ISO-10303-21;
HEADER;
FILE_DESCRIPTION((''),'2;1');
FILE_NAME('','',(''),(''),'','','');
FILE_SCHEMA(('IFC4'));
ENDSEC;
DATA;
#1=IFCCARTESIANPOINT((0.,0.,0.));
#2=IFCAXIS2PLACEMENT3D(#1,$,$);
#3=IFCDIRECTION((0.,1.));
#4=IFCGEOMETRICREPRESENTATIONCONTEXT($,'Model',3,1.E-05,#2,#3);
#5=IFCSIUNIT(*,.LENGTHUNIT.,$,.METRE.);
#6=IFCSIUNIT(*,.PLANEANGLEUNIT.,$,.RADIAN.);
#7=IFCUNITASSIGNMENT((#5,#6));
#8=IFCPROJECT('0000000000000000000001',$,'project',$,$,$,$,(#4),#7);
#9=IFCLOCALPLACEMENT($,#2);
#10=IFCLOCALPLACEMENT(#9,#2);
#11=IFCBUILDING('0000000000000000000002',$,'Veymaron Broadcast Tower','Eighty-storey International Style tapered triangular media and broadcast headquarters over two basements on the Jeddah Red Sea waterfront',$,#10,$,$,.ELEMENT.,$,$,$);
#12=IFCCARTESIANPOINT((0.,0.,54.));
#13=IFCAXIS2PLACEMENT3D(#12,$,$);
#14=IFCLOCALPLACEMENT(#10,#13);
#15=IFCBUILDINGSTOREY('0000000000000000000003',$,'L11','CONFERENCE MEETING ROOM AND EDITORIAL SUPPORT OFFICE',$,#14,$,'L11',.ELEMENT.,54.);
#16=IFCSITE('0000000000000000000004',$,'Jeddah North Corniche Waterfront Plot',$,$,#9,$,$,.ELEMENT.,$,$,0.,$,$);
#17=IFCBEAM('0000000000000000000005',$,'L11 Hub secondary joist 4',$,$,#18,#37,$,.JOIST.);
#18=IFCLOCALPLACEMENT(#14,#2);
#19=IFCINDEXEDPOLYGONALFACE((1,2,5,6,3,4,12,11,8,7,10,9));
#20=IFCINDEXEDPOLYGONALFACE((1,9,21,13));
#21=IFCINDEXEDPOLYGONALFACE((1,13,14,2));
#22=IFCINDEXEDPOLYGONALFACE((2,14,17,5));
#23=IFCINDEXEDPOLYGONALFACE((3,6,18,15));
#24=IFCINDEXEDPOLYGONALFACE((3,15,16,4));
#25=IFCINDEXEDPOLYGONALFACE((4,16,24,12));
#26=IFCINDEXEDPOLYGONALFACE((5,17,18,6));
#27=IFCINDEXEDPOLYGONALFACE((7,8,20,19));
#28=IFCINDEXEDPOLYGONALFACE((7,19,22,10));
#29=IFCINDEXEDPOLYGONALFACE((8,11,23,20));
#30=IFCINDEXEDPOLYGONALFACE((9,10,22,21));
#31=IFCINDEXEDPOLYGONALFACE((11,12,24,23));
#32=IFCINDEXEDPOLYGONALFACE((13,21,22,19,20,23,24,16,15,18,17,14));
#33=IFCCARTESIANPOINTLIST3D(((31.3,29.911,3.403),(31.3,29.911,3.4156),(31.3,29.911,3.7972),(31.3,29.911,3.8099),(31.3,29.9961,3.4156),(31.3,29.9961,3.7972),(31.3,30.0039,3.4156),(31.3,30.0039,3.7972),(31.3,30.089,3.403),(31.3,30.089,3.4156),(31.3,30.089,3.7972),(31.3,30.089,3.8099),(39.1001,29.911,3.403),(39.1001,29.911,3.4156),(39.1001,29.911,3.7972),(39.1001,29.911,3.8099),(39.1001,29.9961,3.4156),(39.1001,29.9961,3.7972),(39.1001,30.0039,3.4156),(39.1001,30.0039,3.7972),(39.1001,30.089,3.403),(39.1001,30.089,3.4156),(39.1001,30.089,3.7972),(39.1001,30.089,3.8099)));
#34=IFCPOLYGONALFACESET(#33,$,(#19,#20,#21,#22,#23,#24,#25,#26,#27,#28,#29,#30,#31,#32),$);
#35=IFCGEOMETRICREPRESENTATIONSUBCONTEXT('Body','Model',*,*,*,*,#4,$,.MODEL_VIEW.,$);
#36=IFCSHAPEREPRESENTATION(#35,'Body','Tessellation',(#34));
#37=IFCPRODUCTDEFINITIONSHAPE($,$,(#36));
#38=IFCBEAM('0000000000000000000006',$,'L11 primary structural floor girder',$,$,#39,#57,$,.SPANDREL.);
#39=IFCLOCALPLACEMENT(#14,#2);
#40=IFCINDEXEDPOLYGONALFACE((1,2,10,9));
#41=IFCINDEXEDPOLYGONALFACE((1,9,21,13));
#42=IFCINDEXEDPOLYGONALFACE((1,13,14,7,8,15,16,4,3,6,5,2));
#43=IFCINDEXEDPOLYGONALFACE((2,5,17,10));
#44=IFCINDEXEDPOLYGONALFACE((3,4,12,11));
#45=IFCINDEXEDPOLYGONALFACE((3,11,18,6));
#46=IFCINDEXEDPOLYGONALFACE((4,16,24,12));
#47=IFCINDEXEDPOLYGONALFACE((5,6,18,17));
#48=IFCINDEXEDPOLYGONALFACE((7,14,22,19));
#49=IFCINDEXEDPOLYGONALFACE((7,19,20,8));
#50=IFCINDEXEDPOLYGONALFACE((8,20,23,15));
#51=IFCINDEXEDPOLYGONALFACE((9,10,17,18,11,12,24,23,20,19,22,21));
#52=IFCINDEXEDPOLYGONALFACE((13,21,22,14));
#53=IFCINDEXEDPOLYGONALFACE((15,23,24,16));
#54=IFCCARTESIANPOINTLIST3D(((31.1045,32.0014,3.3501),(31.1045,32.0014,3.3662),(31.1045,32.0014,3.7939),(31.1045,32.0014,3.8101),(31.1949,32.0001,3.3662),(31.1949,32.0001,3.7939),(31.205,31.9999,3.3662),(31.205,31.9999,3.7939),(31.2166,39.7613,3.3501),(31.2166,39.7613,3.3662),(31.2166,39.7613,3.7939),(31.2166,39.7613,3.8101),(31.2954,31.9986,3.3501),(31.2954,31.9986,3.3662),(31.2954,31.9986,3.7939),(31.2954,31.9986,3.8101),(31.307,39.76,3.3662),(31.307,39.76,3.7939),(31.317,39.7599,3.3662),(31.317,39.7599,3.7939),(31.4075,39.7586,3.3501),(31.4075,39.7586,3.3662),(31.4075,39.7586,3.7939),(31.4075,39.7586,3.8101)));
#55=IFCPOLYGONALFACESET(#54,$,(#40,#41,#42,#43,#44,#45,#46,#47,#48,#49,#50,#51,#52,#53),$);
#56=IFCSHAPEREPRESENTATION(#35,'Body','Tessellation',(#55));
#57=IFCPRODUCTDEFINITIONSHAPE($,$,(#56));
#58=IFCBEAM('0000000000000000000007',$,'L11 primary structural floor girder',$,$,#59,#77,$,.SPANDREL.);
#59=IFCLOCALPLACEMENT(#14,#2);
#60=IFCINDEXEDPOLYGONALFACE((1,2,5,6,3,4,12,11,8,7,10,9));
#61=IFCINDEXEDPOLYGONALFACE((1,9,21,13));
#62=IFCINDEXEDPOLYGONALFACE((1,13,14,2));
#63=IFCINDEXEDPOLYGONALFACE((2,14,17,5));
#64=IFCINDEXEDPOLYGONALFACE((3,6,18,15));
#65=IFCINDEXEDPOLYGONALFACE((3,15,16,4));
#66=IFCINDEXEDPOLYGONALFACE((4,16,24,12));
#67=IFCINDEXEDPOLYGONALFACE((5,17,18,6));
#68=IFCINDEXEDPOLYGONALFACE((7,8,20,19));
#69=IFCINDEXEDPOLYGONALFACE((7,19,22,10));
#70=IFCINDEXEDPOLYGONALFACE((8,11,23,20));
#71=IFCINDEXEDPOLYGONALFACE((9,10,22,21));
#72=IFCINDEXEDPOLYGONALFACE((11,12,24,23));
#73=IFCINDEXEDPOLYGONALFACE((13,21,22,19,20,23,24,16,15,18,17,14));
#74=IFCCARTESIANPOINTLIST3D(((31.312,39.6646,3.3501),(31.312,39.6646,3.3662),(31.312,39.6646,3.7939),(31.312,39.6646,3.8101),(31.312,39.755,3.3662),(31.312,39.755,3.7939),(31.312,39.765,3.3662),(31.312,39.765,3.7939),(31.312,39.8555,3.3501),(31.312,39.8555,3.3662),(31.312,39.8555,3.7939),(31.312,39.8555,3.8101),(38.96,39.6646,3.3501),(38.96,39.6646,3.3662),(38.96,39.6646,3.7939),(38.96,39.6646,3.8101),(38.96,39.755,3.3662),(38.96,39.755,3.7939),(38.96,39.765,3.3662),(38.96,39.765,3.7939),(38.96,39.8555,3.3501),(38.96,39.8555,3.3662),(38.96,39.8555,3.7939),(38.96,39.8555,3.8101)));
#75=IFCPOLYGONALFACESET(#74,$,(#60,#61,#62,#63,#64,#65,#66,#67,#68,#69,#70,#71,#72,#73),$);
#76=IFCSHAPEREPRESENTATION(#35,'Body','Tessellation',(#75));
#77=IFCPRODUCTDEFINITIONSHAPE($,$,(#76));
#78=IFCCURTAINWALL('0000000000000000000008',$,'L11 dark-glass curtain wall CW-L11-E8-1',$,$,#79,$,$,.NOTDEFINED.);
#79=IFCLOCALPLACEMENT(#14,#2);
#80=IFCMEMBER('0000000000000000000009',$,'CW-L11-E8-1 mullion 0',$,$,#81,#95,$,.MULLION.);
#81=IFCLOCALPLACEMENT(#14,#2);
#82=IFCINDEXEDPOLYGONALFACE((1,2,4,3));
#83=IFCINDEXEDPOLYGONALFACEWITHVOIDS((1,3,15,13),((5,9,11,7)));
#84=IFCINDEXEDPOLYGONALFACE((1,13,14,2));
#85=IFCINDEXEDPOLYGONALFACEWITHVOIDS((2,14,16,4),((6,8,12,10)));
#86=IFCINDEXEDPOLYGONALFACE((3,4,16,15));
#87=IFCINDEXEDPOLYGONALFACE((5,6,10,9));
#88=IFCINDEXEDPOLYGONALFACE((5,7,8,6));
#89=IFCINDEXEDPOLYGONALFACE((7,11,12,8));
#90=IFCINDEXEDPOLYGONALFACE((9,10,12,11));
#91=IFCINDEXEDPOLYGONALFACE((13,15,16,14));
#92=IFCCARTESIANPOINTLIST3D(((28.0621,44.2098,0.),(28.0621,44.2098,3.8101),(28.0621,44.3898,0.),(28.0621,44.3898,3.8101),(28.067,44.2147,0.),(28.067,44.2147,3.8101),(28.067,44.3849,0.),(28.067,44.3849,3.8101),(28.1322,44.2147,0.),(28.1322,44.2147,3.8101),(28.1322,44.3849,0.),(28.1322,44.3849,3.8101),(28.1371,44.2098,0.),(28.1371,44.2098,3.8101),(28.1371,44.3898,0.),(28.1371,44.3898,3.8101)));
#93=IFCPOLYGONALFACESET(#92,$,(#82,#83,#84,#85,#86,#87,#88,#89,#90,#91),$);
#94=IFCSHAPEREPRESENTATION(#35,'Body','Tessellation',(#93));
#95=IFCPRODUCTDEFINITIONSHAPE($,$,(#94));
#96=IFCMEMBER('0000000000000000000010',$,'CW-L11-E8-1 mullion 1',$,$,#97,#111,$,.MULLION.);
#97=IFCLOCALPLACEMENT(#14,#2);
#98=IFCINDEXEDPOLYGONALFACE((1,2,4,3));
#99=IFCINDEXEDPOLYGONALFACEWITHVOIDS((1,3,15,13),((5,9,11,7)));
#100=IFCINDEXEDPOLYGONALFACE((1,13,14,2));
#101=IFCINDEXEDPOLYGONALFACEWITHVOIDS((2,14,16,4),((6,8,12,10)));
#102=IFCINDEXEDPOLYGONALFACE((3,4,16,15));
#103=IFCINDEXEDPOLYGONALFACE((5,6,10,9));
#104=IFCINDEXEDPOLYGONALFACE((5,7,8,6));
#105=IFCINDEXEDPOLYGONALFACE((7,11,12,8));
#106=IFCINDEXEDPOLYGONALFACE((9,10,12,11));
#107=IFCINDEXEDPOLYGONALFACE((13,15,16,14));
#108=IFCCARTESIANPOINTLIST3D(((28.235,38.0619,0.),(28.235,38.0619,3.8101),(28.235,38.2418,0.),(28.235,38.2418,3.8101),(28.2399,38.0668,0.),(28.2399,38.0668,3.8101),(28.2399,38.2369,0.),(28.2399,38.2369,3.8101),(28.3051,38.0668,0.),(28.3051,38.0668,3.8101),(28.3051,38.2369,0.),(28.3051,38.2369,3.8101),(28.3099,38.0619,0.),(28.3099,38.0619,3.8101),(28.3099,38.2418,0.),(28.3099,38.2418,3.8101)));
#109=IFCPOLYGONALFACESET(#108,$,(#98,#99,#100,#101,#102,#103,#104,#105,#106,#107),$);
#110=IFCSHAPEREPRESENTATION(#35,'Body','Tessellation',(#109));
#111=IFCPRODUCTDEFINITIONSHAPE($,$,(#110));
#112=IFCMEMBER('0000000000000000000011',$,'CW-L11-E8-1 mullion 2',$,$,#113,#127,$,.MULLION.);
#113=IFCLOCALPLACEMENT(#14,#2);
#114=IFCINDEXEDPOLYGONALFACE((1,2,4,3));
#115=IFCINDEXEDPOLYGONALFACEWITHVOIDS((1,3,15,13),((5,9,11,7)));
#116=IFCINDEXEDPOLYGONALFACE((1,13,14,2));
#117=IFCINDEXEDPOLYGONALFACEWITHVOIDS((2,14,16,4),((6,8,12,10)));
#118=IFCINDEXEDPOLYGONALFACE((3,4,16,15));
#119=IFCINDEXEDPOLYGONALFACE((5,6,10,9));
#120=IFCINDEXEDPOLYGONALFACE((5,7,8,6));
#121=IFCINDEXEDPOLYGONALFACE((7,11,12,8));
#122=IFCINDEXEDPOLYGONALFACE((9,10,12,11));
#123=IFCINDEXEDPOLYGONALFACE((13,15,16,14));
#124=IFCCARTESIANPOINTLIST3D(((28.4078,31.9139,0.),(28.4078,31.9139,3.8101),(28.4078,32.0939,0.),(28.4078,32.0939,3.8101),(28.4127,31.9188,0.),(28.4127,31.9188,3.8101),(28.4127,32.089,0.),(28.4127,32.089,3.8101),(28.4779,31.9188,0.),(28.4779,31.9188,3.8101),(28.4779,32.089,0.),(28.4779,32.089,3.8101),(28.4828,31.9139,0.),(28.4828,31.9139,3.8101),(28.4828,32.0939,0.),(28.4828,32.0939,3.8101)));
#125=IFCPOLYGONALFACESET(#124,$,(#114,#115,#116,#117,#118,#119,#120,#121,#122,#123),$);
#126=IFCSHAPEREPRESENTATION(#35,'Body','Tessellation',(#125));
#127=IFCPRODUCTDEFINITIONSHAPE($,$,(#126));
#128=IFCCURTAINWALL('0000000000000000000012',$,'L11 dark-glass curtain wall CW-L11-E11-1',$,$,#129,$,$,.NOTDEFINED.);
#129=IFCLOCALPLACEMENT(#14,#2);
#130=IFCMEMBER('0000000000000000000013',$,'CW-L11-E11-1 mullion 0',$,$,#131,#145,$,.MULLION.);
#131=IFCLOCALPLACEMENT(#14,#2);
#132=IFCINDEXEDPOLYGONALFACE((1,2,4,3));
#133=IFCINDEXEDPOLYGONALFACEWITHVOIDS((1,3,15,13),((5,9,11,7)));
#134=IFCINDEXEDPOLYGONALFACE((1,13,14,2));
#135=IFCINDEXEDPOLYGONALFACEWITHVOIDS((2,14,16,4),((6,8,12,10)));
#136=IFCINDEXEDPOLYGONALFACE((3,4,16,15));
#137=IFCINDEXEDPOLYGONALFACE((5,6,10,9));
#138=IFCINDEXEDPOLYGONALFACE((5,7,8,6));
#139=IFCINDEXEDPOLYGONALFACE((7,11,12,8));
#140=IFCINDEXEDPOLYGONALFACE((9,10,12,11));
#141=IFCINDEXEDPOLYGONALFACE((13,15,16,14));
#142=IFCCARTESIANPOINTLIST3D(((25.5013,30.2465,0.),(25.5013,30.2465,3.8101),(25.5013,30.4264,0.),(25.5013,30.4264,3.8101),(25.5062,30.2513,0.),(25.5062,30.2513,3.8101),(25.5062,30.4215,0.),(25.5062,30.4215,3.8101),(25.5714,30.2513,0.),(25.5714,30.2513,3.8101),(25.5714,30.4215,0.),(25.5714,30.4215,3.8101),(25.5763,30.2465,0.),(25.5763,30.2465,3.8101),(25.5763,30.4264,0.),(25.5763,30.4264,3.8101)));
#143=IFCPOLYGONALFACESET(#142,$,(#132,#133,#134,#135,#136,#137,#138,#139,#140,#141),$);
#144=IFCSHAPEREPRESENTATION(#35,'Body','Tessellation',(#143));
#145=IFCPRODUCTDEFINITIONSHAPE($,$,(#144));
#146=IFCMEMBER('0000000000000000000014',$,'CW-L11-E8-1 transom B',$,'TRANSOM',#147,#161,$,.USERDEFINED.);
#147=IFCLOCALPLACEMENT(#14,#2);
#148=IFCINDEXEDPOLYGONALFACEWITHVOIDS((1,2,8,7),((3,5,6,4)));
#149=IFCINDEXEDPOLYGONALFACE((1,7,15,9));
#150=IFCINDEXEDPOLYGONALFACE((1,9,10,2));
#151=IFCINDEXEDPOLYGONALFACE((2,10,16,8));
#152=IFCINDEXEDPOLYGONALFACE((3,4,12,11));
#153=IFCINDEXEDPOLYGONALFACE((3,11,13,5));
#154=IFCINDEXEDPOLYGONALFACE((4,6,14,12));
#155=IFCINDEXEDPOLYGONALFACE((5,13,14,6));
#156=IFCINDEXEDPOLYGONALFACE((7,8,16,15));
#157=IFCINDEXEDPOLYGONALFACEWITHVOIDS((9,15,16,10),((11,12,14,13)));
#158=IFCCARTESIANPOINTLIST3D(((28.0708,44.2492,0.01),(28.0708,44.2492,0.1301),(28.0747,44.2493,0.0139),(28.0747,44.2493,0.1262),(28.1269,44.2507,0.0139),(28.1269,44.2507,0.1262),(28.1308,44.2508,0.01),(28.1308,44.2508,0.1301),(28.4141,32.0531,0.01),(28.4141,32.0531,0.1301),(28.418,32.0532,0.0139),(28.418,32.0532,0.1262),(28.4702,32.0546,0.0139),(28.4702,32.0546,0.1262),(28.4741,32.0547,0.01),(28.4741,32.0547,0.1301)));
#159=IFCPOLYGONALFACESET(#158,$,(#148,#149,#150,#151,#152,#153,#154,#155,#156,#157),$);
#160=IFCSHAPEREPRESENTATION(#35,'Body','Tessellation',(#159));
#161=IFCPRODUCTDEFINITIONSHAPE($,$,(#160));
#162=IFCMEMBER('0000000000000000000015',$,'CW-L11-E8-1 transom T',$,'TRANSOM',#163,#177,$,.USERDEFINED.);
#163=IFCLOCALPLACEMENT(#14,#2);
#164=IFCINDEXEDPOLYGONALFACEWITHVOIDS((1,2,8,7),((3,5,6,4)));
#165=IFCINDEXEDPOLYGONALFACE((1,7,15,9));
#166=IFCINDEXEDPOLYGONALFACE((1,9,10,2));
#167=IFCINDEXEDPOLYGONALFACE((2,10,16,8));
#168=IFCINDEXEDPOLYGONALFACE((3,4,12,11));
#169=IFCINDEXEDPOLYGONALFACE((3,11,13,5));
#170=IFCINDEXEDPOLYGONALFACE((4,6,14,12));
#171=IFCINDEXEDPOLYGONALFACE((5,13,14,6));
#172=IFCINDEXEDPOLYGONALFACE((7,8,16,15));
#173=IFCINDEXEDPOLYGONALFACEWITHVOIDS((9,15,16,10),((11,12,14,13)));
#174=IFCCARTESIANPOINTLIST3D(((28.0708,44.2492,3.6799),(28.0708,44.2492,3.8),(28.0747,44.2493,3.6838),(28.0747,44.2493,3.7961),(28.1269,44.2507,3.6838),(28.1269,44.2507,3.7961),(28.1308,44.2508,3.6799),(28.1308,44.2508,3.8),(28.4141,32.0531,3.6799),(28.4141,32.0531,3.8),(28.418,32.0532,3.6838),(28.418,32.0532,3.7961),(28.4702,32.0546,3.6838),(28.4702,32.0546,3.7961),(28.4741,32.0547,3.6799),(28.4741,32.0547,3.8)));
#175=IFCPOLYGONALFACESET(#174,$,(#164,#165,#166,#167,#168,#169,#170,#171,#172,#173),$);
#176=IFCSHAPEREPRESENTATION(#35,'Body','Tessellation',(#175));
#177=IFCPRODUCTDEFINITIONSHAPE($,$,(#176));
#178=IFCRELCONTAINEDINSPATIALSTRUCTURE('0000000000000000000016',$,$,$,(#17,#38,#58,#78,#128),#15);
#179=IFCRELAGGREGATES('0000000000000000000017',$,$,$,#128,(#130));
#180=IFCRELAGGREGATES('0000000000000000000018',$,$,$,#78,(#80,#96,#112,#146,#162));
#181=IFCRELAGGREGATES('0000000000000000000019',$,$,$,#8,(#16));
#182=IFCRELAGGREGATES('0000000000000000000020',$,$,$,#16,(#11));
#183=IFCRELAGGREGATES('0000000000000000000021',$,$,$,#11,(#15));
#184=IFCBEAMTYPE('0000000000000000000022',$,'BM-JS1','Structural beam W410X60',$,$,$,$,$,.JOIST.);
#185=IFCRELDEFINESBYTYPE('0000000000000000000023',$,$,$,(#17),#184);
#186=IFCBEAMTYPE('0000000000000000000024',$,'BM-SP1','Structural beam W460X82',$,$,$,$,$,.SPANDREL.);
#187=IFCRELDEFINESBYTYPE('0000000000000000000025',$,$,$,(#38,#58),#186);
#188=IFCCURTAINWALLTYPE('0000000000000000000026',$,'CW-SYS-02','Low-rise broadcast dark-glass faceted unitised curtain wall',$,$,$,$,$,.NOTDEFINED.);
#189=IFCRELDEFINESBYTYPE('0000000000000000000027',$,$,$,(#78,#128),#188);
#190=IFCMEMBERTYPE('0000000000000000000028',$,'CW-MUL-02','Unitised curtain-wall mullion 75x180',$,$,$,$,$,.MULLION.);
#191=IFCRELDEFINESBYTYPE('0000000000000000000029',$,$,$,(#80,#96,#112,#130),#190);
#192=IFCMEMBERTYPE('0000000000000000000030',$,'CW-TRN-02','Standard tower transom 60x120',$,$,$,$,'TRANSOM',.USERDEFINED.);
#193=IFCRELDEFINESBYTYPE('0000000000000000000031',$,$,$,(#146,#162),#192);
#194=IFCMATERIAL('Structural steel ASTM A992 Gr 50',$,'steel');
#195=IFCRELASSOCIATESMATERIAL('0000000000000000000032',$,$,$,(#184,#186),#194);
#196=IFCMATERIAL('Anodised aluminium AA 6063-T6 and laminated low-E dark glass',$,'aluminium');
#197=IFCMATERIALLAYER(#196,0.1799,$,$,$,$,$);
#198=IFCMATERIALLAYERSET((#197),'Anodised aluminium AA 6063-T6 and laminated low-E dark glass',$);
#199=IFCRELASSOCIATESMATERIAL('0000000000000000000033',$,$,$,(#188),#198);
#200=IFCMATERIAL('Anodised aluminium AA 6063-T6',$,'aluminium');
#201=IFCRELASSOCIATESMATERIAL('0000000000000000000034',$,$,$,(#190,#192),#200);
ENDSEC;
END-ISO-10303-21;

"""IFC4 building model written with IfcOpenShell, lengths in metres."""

from ifc_helpers import new_model, si_unit, direction, frame, origin, origin_2d, place, context, subcontext, project, spatial, hollow_rectangle, i_section, extrude, material, layer, layer_set, material_profile, profile_set, type_object, element, aggregate, save


model = new_model("IFC4")

# Units and contexts
model_context = context("Model", 3, precision=1e-05, world=origin(), true_north=direction((0.0, 1.0)))
body_context = subcontext(model_context, "Body", "Model", "MODEL_VIEW")
ifc_project = project(units=[si_unit("LENGTHUNIT", "METRE"), si_unit("PLANEANGLEUNIT", "RADIAN")], contexts=[model_context])

# Site, building, storey
site_placement = place(None, origin())
site = spatial("IfcSite", under=ifc_project, at=site_placement, Name="Jeddah North Corniche Waterfront Plot", CompositionType="ELEMENT", RefElevation=0.0)
building_placement = place(site_placement, origin())
building = spatial("IfcBuilding", under=site, at=building_placement, Name="Veymaron Broadcast Tower", Description="Eighty-storey International Style tapered triangular media and broadcast headquarters over two basements on the Jeddah Red Sea waterfront", CompositionType="ELEMENT")
storey_placement = place(building_placement, frame((0.0, 0.0, 54.0)))
storey = spatial("IfcBuildingStorey", under=building, at=storey_placement, Name="L11", Description="CONFERENCE MEETING ROOM AND EDITORIAL SUPPORT OFFICE", LongName="L11", CompositionType="ELEMENT", Elevation=54.0)

# Beams
ifc_material_1 = material(Name="Structural steel ASTM A992 Gr 50", Category="steel")
ifc_material_profile_1 = material_profile(ifc_material_1, i_section(OverallWidth=0.178, OverallDepth=0.407, WebThickness=0.0078, FlangeThickness=0.0127, at=origin_2d()), Name="W410X60")
ifc_profile_set_1 = profile_set([ifc_material_profile_1], Name="Structural steel ASTM A992 Gr 50")
beam_type_1 = type_object("IfcBeamType", Name="BM-JS1", Description="Structural beam W410X60", PredefinedType="JOIST", material=ifc_profile_set_1)
for number, where, z_axis, x_axis, name in (
    (1, (31.3, 30.0, 3.6064), (1.0, 0.0, 0.0), (0.0, 1.0, 0.0), "L11 Hub secondary joist 4"),
):
    element("IfcBeam", number, at=place(storey_placement, frame(where, z_axis=z_axis, x_axis=x_axis)), inside=storey, type_object=beam_type_1, Name=name, PredefinedType="JOIST", context=body_context, shape_type="SweptSolid", body=[
        extrude(i_section(OverallWidth=0.178, OverallDepth=0.407, WebThickness=0.0078, FlangeThickness=0.0127, at=origin_2d()), origin(), (0.0, 0.0, 1.0), 7.8),
    ])
ifc_material_profile_2 = material_profile(ifc_material_1, i_section(OverallWidth=0.1909, OverallDepth=0.46, WebThickness=0.01, FlangeThickness=0.0161, at=origin_2d()), Name="W460X82")
ifc_profile_set_2 = profile_set([ifc_material_profile_2], Name="Structural steel ASTM A992 Gr 50")
beam_type_2 = type_object("IfcBeamType", Name="BM-SP1", Description="Structural beam W460X82", PredefinedType="SPANDREL", material=ifc_profile_set_2)
beam_1_placement = place(storey_placement, frame((31.2, 32.0, 3.5801), z_axis=(0.014439, 0.999896, 0.0), x_axis=(-0.999896, 0.014439, 0.0)))
element("IfcBeam", 2, at=beam_1_placement, inside=storey, type_object=beam_type_2, Name="L11 primary structural floor girder", PredefinedType="SPANDREL", context=body_context, shape_type="SweptSolid", body=[
    extrude(i_section(OverallWidth=0.1909, OverallDepth=0.46, WebThickness=0.01, FlangeThickness=0.0161, at=origin_2d()), origin(), (0.0, 0.0, 1.0), 7.7607),
])
beam_2_placement = place(storey_placement, frame((31.312, 39.76, 3.5801), z_axis=(1.0, 0.0, 0.0), x_axis=(0.0, 1.0, 0.0)))
element("IfcBeam", 3, at=beam_2_placement, inside=storey, type_object=beam_type_2, Name="L11 primary structural floor girder", PredefinedType="SPANDREL", context=body_context, shape_type="SweptSolid", body=[
    extrude(i_section(OverallWidth=0.1909, OverallDepth=0.46, WebThickness=0.01, FlangeThickness=0.0161, at=origin_2d()), origin(), (0.0, 0.0, 1.0), 7.6479),
])

# Curtain wall, members
ifc_material_2 = material(Name="Anodised aluminium AA 6063-T6 and laminated low-E dark glass", Category="aluminium")
ifc_layer_1 = layer(ifc_material_2, 0.1799)
ifc_layer_set_1 = layer_set([ifc_layer_1], Name="Anodised aluminium AA 6063-T6 and laminated low-E dark glass")
curtain_wall_type = type_object("IfcCurtainWallType", Name="CW-SYS-02", Description="Low-rise broadcast dark-glass faceted unitised curtain wall", PredefinedType="NOTDEFINED", material=ifc_layer_set_1)
curtain_wall_1_placement = place(storey_placement, origin())
curtain_wall_1 = element("IfcCurtainWall", 4, at=curtain_wall_1_placement, inside=storey, type_object=curtain_wall_type, Name="L11 dark-glass curtain wall CW-L11-E8-1", PredefinedType="NOTDEFINED")
ifc_material_3 = material(Name="Anodised aluminium AA 6063-T6", Category="aluminium")
ifc_material_profile_3 = material_profile(ifc_material_3, hollow_rectangle(XDim=0.075, YDim=0.1799, WallThickness=0.0049, at=origin_2d()), Name="AL180X75X5")
ifc_profile_set_3 = profile_set([ifc_material_profile_3], Name="Anodised aluminium AA 6063-T6")
member_type_1 = type_object("IfcMemberType", Name="CW-MUL-02", Description="Unitised curtain-wall mullion 75x180", PredefinedType="MULLION", material=ifc_profile_set_3)
member_1_placement = place(storey_placement, frame((28.0996, 44.2998, 0.0), z_axis=(0.0, 0.0, 1.0), x_axis=(1.0, 0.0, 0.0)))
member_1 = element("IfcMember", 5, at=member_1_placement, type_object=member_type_1, Name="CW-L11-E8-1 mullion 0", PredefinedType="MULLION", context=body_context, shape_type="SweptSolid", body=[
    extrude(hollow_rectangle(XDim=0.075, YDim=0.1799, WallThickness=0.0049, at=origin_2d()), origin(), (0.0, 0.0, 1.0), 3.8101),
])
member_2_placement = place(storey_placement, frame((28.2725, 38.1519, 0.0), z_axis=(0.0, 0.0, 1.0), x_axis=(1.0, 0.0, 0.0)))
member_2 = element("IfcMember", 6, at=member_2_placement, type_object=member_type_1, Name="CW-L11-E8-1 mullion 1", PredefinedType="MULLION", context=body_context, shape_type="SweptSolid", body=[
    extrude(hollow_rectangle(XDim=0.075, YDim=0.1799, WallThickness=0.0049, at=origin_2d()), origin(), (0.0, 0.0, 1.0), 3.8101),
])
member_3_placement = place(storey_placement, frame((28.4453, 32.0039, 0.0), z_axis=(0.0, 0.0, 1.0), x_axis=(1.0, 0.0, 0.0)))
member_3 = element("IfcMember", 7, at=member_3_placement, type_object=member_type_1, Name="CW-L11-E8-1 mullion 2", PredefinedType="MULLION", context=body_context, shape_type="SweptSolid", body=[
    extrude(hollow_rectangle(XDim=0.075, YDim=0.1799, WallThickness=0.0049, at=origin_2d()), origin(), (0.0, 0.0, 1.0), 3.8101),
])

# Curtain wall, member
curtain_wall_2_placement = place(storey_placement, origin())
curtain_wall_2 = element("IfcCurtainWall", 8, at=curtain_wall_2_placement, inside=storey, type_object=curtain_wall_type, Name="L11 dark-glass curtain wall CW-L11-E11-1", PredefinedType="NOTDEFINED")
member_4_placement = place(storey_placement, frame((25.5388, 30.3364, 0.0), z_axis=(0.0, 0.0, 1.0), x_axis=(1.0, 0.0, 0.0)))
member_4 = element("IfcMember", 9, at=member_4_placement, type_object=member_type_1, Name="CW-L11-E11-1 mullion 0", PredefinedType="MULLION", context=body_context, shape_type="SweptSolid", body=[
    extrude(hollow_rectangle(XDim=0.075, YDim=0.1799, WallThickness=0.0049, at=origin_2d()), origin(), (0.0, 0.0, 1.0), 3.8101),
])

# Members
ifc_material_profile_4 = material_profile(ifc_material_3, hollow_rectangle(XDim=0.0601, YDim=0.1201, WallThickness=0.0039, at=origin_2d()), Name="AL120X60X4")
ifc_profile_set_4 = profile_set([ifc_material_profile_4], Name="Anodised aluminium AA 6063-T6")
member_type_2 = type_object("IfcMemberType", Name="CW-TRN-02", Description="Standard tower transom 60x120", ElementType="TRANSOM", PredefinedType="USERDEFINED", material=ifc_profile_set_4)
member_5_placement = place(storey_placement, frame((28.1008, 44.25, 0.0701), z_axis=(0.028134, -0.999604, 0.0), x_axis=(0.999604, 0.028134, 0.0)))
member_5 = element("IfcMember", 10, at=member_5_placement, type_object=member_type_2, Name="CW-L11-E8-1 transom B", ObjectType="TRANSOM", PredefinedType="USERDEFINED", context=body_context, shape_type="SweptSolid", body=[
    extrude(hollow_rectangle(XDim=0.0601, YDim=0.1201, WallThickness=0.0039, at=origin_2d()), origin(), (0.0, 0.0, 1.0), 12.2009),
])
member_6_placement = place(storey_placement, frame((28.1008, 44.25, 3.74), z_axis=(0.028134, -0.999604, 0.0), x_axis=(0.999604, 0.028134, 0.0)))
member_6 = element("IfcMember", 11, at=member_6_placement, type_object=member_type_2, Name="CW-L11-E8-1 transom T", ObjectType="TRANSOM", PredefinedType="USERDEFINED", context=body_context, shape_type="SweptSolid", body=[
    extrude(hollow_rectangle(XDim=0.0601, YDim=0.1201, WallThickness=0.0039, at=origin_2d()), origin(), (0.0, 0.0, 1.0), 12.2009),
])
aggregate(curtain_wall_2, [member_4])

aggregate(curtain_wall_1, [member_1, member_2, member_3, member_5, member_6])

save(model, "model.ifc")
